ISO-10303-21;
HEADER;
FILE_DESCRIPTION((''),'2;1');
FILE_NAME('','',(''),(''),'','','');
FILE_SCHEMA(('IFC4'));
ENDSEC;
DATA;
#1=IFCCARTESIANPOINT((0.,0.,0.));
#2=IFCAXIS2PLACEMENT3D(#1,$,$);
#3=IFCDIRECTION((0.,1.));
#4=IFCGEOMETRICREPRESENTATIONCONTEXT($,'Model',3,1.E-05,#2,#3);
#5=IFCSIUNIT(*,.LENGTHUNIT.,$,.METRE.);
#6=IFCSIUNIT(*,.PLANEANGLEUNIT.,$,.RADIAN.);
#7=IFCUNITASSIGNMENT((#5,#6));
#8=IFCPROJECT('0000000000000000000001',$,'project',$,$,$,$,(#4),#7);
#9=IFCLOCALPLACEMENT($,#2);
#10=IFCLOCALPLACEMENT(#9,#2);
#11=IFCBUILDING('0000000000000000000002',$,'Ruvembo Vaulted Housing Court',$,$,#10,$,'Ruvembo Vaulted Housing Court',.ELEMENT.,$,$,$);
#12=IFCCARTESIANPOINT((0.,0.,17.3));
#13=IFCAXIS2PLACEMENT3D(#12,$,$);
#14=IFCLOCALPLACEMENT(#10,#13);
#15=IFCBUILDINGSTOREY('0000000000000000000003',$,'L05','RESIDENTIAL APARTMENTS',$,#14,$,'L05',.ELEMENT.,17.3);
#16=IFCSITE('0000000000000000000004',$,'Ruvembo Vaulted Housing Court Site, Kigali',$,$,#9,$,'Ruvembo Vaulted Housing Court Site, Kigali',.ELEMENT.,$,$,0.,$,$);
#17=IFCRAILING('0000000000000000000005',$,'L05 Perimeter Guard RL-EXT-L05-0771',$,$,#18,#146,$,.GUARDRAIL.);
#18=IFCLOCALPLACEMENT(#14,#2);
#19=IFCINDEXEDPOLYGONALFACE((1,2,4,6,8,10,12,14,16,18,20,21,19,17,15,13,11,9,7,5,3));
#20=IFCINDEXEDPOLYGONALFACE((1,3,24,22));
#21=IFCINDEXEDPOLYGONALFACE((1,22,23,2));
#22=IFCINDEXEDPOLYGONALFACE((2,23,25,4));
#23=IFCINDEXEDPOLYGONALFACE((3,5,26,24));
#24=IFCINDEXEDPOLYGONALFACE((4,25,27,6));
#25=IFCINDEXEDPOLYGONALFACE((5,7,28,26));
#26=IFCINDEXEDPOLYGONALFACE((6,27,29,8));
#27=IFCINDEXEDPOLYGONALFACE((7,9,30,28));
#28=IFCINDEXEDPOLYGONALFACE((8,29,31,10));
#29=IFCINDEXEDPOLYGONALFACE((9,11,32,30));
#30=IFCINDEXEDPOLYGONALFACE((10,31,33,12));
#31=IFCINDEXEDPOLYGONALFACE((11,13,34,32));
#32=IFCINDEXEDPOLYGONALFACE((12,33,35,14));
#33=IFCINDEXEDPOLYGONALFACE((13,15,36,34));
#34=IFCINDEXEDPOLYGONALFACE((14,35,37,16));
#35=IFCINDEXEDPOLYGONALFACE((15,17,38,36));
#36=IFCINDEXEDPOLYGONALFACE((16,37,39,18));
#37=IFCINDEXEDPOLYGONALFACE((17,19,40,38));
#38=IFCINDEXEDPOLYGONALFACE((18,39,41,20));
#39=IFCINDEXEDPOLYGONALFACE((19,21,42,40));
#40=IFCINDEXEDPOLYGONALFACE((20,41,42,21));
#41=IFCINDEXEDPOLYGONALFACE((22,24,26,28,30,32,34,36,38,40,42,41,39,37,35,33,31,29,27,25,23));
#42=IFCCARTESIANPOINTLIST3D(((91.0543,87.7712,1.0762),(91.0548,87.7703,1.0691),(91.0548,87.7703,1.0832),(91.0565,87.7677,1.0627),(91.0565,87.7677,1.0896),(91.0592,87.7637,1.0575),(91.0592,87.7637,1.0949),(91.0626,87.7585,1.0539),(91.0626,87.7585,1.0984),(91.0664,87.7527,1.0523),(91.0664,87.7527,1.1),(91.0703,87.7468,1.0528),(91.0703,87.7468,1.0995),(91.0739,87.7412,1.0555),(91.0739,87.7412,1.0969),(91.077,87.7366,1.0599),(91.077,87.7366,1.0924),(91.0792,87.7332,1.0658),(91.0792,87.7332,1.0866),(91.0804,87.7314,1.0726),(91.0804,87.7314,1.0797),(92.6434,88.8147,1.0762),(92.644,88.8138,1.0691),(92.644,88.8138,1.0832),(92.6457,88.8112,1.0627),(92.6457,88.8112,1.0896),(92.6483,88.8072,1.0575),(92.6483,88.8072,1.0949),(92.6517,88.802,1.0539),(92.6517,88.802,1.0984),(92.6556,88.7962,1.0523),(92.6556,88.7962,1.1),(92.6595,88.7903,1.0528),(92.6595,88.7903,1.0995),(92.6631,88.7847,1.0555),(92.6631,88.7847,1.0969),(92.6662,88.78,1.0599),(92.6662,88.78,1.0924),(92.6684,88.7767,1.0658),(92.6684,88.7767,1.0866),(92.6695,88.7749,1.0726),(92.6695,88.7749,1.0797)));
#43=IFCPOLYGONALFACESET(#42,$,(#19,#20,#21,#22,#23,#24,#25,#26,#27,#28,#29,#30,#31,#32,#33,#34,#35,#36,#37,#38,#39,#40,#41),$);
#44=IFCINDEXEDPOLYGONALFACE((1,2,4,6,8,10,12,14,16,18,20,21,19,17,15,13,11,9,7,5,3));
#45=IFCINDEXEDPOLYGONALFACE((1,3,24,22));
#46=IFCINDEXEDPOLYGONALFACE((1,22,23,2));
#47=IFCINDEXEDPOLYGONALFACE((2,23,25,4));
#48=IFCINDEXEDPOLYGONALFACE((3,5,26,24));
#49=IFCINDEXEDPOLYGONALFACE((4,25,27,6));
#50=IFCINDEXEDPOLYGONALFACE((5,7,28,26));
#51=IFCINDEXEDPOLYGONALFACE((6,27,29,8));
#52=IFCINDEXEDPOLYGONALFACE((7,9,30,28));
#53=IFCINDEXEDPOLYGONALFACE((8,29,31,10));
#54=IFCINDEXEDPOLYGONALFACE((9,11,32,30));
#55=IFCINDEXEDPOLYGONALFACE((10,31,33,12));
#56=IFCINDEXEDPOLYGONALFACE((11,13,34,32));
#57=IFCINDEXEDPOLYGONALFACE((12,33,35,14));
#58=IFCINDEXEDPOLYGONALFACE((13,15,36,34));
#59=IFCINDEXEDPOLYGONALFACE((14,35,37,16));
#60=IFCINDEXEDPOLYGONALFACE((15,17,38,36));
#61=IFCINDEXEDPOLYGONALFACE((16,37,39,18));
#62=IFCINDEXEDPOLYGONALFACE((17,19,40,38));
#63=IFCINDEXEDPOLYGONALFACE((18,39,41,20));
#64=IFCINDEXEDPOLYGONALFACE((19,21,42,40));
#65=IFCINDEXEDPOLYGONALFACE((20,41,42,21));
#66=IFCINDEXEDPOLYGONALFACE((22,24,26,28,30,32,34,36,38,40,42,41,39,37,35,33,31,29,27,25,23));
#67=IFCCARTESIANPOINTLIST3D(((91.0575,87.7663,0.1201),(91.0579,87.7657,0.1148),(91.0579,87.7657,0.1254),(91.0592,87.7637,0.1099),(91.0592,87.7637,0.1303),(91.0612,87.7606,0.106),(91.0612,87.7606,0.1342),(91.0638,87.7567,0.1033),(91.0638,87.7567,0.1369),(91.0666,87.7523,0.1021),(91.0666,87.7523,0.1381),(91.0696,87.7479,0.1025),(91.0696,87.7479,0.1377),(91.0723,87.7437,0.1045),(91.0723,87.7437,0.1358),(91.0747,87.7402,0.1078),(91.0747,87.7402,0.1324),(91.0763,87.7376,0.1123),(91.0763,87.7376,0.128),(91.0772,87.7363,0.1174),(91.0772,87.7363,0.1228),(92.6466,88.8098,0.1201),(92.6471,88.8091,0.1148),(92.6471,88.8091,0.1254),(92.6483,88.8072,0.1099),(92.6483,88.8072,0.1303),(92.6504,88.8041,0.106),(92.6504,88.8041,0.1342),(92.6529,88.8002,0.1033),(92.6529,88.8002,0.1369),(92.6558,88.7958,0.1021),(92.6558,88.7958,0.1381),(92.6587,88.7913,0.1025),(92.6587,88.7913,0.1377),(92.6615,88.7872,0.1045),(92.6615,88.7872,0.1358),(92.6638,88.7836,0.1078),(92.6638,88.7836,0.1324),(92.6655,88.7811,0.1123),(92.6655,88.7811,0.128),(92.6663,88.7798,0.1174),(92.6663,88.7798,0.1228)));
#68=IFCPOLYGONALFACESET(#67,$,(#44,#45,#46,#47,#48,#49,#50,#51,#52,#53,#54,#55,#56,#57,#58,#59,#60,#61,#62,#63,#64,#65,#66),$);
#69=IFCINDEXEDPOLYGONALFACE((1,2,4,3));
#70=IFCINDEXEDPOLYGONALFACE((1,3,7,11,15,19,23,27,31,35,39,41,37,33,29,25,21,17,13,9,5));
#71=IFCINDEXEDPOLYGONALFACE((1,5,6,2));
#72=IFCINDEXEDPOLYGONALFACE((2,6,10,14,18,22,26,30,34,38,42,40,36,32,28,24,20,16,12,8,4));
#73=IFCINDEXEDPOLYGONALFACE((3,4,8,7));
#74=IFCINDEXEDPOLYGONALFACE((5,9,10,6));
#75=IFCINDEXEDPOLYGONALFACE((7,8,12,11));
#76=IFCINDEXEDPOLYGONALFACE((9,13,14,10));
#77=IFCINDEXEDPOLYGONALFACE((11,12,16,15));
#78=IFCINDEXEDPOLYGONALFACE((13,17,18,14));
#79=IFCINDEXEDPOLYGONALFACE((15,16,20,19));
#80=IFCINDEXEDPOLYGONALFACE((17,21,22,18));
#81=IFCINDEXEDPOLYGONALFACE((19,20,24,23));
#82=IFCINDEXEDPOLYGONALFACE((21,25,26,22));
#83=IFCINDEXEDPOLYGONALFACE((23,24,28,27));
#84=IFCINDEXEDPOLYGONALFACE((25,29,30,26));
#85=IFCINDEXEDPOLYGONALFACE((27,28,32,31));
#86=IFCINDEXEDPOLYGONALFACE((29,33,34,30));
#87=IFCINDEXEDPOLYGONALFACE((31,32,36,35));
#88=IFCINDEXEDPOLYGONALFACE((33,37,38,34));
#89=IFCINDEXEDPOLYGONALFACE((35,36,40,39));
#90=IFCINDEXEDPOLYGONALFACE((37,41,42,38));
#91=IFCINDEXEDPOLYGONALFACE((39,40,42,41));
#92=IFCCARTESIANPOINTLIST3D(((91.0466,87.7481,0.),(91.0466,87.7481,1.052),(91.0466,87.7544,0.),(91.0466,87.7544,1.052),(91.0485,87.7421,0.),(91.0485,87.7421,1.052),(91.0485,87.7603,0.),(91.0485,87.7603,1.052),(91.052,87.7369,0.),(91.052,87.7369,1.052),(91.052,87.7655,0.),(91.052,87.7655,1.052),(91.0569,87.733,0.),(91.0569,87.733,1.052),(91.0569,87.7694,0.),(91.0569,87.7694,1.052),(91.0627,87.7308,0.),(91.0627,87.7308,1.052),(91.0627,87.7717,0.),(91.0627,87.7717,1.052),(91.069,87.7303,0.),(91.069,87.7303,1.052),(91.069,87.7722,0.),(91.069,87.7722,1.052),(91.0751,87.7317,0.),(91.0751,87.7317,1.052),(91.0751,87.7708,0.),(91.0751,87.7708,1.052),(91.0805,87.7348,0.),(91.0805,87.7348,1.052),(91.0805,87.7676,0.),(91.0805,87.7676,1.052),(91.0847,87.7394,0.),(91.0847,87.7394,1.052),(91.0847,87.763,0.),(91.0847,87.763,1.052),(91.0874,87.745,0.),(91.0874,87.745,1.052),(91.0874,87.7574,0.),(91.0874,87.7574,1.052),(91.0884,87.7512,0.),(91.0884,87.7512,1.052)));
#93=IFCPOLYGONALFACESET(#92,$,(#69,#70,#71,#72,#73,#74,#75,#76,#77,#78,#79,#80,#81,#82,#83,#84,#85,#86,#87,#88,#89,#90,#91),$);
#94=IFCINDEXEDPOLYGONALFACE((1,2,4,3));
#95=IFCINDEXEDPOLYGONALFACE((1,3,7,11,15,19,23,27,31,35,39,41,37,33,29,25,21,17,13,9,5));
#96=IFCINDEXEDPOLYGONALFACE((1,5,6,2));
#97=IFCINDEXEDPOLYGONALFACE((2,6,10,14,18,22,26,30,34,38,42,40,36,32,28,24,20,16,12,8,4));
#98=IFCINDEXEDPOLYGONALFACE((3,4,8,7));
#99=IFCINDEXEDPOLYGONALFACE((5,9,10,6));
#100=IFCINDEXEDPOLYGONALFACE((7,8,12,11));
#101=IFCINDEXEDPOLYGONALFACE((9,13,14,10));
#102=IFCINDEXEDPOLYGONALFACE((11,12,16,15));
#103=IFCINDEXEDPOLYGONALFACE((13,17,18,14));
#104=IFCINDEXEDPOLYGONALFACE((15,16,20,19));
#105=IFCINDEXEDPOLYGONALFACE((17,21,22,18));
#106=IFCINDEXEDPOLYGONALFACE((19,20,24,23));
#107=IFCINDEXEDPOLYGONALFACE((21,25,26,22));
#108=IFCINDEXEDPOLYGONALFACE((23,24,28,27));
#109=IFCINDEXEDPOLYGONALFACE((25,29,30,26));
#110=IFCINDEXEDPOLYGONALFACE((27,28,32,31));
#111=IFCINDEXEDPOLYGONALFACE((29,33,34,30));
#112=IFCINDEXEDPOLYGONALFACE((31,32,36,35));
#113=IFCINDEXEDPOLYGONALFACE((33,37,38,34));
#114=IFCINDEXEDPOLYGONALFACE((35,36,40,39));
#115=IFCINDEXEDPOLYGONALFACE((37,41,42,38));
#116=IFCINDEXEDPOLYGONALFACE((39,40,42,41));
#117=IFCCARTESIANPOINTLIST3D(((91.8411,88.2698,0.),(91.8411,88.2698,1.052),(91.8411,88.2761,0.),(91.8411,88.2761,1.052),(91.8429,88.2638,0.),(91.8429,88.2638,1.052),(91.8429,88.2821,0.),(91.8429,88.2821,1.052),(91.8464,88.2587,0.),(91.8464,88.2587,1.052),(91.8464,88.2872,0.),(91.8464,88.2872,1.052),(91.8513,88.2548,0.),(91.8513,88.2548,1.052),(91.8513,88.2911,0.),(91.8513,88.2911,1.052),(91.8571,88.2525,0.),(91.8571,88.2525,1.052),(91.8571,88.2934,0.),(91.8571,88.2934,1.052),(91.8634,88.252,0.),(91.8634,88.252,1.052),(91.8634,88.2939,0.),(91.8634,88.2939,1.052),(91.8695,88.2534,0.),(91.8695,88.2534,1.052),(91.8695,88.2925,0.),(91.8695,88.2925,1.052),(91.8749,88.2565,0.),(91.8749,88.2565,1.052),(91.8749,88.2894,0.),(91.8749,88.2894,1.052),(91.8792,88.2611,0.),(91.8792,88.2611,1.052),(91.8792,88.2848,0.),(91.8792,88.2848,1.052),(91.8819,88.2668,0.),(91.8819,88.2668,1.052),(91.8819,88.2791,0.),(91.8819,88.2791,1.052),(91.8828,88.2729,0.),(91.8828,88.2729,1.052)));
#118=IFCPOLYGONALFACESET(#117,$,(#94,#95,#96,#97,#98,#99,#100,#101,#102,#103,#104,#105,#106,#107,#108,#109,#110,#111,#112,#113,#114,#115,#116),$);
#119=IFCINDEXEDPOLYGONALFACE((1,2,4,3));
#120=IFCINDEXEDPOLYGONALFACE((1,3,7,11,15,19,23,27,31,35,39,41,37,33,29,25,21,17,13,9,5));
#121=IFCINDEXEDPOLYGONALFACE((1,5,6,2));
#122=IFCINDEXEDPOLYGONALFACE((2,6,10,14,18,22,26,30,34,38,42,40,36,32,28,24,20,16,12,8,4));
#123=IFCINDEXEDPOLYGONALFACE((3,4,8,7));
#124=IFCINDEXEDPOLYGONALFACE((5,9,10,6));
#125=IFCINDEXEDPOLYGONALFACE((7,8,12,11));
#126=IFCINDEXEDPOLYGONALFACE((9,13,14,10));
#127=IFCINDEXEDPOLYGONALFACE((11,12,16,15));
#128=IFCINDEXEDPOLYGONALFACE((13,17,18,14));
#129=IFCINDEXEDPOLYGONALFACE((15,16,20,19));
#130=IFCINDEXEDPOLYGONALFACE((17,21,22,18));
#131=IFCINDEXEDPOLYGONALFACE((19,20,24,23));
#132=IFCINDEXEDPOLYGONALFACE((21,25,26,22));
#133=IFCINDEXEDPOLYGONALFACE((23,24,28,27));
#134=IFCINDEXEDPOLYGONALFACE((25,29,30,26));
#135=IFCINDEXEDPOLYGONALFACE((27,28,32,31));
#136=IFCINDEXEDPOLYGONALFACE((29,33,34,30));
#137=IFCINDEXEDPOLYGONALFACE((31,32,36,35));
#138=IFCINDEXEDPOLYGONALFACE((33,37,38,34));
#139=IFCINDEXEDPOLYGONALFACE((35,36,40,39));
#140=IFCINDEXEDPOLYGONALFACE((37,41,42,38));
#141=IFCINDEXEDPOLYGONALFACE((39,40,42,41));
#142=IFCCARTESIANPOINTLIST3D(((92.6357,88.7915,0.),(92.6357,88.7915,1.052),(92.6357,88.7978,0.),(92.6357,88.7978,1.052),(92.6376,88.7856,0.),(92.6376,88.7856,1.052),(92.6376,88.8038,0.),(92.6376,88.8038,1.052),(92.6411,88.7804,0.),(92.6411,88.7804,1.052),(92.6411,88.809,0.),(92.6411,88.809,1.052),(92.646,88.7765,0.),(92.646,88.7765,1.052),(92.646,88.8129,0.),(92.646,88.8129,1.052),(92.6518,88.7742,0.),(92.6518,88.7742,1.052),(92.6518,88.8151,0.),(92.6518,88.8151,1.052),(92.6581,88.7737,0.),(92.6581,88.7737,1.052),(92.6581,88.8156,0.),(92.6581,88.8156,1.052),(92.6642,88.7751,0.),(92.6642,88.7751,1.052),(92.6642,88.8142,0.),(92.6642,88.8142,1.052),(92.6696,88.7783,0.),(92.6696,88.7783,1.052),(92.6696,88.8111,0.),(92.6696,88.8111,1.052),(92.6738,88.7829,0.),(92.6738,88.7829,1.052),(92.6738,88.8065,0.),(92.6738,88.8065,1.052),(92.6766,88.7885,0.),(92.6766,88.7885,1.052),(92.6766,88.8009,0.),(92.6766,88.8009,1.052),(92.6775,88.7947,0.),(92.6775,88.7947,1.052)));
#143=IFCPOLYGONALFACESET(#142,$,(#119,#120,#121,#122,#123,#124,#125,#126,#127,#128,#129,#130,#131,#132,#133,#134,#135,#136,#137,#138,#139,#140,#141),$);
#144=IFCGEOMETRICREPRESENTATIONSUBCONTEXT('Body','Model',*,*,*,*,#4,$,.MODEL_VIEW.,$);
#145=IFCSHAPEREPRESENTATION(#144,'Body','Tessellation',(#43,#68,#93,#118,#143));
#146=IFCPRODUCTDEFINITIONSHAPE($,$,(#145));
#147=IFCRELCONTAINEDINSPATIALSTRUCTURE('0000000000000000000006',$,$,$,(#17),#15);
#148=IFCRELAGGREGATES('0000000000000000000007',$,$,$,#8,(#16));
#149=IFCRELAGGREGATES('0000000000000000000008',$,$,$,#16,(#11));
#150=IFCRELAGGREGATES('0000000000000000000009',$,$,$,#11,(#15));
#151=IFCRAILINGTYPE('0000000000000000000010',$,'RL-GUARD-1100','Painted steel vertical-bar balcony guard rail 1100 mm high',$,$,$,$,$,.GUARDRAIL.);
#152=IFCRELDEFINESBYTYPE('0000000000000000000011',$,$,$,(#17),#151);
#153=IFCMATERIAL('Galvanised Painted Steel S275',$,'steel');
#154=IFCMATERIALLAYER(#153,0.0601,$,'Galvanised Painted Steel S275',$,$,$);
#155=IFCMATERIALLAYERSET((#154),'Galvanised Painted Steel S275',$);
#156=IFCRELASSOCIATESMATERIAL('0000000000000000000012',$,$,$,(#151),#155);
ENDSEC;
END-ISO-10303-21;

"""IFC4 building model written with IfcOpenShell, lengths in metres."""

from ifc_helpers import new_model, si_unit, direction, frame, origin, origin_2d, place, context, subcontext, project, spatial, circle, extrude, material, layer, layer_set, type_object, element, save


model = new_model("IFC4")

# Units and contexts
model_context = context("Model", 3, precision=1e-05, world=origin(), true_north=direction((0.0, 1.0)))
body_context = subcontext(model_context, "Body", "Model", "MODEL_VIEW")
ifc_project = project(units=[si_unit("LENGTHUNIT", "METRE"), si_unit("PLANEANGLEUNIT", "RADIAN")], contexts=[model_context])

# Site, building, storey
site_placement = place(None, origin())
site = spatial("IfcSite", under=ifc_project, at=site_placement, Name="Ruvembo Vaulted Housing Court Site, Kigali", LongName="Ruvembo Vaulted Housing Court Site, Kigali", CompositionType="ELEMENT", RefElevation=0.0)
building_placement = place(site_placement, origin())
building = spatial("IfcBuilding", under=site, at=building_placement, Name="Ruvembo Vaulted Housing Court", LongName="Ruvembo Vaulted Housing Court", CompositionType="ELEMENT")
storey_placement = place(building_placement, frame((0.0, 0.0, 17.3)))
storey = spatial("IfcBuildingStorey", under=building, at=storey_placement, Name="L05", Description="RESIDENTIAL APARTMENTS", LongName="L05", CompositionType="ELEMENT", Elevation=17.3)

# Railing
ifc_material_1 = material(Name="Galvanised Painted Steel S275", Category="steel")
ifc_layer_1 = layer(ifc_material_1, 0.0601, Name="Galvanised Painted Steel S275")
ifc_layer_set_1 = layer_set([ifc_layer_1], Name="Galvanised Painted Steel S275")
railing_type = type_object("IfcRailingType", Name="RL-GUARD-1100", Description="Painted steel vertical-bar balcony guard rail 1100 mm high", PredefinedType="GUARDRAIL", material=ifc_layer_set_1)
railing_1_placement = place(storey_placement, frame((91.0674, 87.7512, 0.0)))
element("IfcRailing", 1, at=railing_1_placement, inside=storey, type_object=railing_type, Name="L05 Perimeter Guard RL-EXT-L05-0771", PredefinedType="GUARDRAIL", context=body_context, shape_type="SweptSolid", body=[
    extrude(circle(Radius=0.0239, at=origin_2d()), frame((0.0, 0.0, 1.0762), z_axis=(0.835902, 0.548878, 0.0), x_axis=(-0.548878, 0.835902, 0.0)), (0.0, 0.0, 1.0), 1.9011),
    extrude(circle(Radius=0.0181, at=origin_2d()), frame((0.0, 0.0, 0.1201), z_axis=(0.835902, 0.548878, 0.0), x_axis=(-0.548878, 0.835902, 0.0)), (0.0, 0.0, 1.0), 1.9011),
    extrude(circle(Radius=0.021, at=origin_2d()), origin(), (0.0, 0.0, 1.0), 1.052),
    extrude(circle(Radius=0.021, at=origin_2d()), frame((0.7944, 0.5217, 0.0)), (0.0, 0.0, 1.0), 1.052),
    extrude(circle(Radius=0.021, at=origin_2d()), frame((1.5891, 1.0435, 0.0)), (0.0, 0.0, 1.0), 1.052),
])

save(model, "model.ifc")
